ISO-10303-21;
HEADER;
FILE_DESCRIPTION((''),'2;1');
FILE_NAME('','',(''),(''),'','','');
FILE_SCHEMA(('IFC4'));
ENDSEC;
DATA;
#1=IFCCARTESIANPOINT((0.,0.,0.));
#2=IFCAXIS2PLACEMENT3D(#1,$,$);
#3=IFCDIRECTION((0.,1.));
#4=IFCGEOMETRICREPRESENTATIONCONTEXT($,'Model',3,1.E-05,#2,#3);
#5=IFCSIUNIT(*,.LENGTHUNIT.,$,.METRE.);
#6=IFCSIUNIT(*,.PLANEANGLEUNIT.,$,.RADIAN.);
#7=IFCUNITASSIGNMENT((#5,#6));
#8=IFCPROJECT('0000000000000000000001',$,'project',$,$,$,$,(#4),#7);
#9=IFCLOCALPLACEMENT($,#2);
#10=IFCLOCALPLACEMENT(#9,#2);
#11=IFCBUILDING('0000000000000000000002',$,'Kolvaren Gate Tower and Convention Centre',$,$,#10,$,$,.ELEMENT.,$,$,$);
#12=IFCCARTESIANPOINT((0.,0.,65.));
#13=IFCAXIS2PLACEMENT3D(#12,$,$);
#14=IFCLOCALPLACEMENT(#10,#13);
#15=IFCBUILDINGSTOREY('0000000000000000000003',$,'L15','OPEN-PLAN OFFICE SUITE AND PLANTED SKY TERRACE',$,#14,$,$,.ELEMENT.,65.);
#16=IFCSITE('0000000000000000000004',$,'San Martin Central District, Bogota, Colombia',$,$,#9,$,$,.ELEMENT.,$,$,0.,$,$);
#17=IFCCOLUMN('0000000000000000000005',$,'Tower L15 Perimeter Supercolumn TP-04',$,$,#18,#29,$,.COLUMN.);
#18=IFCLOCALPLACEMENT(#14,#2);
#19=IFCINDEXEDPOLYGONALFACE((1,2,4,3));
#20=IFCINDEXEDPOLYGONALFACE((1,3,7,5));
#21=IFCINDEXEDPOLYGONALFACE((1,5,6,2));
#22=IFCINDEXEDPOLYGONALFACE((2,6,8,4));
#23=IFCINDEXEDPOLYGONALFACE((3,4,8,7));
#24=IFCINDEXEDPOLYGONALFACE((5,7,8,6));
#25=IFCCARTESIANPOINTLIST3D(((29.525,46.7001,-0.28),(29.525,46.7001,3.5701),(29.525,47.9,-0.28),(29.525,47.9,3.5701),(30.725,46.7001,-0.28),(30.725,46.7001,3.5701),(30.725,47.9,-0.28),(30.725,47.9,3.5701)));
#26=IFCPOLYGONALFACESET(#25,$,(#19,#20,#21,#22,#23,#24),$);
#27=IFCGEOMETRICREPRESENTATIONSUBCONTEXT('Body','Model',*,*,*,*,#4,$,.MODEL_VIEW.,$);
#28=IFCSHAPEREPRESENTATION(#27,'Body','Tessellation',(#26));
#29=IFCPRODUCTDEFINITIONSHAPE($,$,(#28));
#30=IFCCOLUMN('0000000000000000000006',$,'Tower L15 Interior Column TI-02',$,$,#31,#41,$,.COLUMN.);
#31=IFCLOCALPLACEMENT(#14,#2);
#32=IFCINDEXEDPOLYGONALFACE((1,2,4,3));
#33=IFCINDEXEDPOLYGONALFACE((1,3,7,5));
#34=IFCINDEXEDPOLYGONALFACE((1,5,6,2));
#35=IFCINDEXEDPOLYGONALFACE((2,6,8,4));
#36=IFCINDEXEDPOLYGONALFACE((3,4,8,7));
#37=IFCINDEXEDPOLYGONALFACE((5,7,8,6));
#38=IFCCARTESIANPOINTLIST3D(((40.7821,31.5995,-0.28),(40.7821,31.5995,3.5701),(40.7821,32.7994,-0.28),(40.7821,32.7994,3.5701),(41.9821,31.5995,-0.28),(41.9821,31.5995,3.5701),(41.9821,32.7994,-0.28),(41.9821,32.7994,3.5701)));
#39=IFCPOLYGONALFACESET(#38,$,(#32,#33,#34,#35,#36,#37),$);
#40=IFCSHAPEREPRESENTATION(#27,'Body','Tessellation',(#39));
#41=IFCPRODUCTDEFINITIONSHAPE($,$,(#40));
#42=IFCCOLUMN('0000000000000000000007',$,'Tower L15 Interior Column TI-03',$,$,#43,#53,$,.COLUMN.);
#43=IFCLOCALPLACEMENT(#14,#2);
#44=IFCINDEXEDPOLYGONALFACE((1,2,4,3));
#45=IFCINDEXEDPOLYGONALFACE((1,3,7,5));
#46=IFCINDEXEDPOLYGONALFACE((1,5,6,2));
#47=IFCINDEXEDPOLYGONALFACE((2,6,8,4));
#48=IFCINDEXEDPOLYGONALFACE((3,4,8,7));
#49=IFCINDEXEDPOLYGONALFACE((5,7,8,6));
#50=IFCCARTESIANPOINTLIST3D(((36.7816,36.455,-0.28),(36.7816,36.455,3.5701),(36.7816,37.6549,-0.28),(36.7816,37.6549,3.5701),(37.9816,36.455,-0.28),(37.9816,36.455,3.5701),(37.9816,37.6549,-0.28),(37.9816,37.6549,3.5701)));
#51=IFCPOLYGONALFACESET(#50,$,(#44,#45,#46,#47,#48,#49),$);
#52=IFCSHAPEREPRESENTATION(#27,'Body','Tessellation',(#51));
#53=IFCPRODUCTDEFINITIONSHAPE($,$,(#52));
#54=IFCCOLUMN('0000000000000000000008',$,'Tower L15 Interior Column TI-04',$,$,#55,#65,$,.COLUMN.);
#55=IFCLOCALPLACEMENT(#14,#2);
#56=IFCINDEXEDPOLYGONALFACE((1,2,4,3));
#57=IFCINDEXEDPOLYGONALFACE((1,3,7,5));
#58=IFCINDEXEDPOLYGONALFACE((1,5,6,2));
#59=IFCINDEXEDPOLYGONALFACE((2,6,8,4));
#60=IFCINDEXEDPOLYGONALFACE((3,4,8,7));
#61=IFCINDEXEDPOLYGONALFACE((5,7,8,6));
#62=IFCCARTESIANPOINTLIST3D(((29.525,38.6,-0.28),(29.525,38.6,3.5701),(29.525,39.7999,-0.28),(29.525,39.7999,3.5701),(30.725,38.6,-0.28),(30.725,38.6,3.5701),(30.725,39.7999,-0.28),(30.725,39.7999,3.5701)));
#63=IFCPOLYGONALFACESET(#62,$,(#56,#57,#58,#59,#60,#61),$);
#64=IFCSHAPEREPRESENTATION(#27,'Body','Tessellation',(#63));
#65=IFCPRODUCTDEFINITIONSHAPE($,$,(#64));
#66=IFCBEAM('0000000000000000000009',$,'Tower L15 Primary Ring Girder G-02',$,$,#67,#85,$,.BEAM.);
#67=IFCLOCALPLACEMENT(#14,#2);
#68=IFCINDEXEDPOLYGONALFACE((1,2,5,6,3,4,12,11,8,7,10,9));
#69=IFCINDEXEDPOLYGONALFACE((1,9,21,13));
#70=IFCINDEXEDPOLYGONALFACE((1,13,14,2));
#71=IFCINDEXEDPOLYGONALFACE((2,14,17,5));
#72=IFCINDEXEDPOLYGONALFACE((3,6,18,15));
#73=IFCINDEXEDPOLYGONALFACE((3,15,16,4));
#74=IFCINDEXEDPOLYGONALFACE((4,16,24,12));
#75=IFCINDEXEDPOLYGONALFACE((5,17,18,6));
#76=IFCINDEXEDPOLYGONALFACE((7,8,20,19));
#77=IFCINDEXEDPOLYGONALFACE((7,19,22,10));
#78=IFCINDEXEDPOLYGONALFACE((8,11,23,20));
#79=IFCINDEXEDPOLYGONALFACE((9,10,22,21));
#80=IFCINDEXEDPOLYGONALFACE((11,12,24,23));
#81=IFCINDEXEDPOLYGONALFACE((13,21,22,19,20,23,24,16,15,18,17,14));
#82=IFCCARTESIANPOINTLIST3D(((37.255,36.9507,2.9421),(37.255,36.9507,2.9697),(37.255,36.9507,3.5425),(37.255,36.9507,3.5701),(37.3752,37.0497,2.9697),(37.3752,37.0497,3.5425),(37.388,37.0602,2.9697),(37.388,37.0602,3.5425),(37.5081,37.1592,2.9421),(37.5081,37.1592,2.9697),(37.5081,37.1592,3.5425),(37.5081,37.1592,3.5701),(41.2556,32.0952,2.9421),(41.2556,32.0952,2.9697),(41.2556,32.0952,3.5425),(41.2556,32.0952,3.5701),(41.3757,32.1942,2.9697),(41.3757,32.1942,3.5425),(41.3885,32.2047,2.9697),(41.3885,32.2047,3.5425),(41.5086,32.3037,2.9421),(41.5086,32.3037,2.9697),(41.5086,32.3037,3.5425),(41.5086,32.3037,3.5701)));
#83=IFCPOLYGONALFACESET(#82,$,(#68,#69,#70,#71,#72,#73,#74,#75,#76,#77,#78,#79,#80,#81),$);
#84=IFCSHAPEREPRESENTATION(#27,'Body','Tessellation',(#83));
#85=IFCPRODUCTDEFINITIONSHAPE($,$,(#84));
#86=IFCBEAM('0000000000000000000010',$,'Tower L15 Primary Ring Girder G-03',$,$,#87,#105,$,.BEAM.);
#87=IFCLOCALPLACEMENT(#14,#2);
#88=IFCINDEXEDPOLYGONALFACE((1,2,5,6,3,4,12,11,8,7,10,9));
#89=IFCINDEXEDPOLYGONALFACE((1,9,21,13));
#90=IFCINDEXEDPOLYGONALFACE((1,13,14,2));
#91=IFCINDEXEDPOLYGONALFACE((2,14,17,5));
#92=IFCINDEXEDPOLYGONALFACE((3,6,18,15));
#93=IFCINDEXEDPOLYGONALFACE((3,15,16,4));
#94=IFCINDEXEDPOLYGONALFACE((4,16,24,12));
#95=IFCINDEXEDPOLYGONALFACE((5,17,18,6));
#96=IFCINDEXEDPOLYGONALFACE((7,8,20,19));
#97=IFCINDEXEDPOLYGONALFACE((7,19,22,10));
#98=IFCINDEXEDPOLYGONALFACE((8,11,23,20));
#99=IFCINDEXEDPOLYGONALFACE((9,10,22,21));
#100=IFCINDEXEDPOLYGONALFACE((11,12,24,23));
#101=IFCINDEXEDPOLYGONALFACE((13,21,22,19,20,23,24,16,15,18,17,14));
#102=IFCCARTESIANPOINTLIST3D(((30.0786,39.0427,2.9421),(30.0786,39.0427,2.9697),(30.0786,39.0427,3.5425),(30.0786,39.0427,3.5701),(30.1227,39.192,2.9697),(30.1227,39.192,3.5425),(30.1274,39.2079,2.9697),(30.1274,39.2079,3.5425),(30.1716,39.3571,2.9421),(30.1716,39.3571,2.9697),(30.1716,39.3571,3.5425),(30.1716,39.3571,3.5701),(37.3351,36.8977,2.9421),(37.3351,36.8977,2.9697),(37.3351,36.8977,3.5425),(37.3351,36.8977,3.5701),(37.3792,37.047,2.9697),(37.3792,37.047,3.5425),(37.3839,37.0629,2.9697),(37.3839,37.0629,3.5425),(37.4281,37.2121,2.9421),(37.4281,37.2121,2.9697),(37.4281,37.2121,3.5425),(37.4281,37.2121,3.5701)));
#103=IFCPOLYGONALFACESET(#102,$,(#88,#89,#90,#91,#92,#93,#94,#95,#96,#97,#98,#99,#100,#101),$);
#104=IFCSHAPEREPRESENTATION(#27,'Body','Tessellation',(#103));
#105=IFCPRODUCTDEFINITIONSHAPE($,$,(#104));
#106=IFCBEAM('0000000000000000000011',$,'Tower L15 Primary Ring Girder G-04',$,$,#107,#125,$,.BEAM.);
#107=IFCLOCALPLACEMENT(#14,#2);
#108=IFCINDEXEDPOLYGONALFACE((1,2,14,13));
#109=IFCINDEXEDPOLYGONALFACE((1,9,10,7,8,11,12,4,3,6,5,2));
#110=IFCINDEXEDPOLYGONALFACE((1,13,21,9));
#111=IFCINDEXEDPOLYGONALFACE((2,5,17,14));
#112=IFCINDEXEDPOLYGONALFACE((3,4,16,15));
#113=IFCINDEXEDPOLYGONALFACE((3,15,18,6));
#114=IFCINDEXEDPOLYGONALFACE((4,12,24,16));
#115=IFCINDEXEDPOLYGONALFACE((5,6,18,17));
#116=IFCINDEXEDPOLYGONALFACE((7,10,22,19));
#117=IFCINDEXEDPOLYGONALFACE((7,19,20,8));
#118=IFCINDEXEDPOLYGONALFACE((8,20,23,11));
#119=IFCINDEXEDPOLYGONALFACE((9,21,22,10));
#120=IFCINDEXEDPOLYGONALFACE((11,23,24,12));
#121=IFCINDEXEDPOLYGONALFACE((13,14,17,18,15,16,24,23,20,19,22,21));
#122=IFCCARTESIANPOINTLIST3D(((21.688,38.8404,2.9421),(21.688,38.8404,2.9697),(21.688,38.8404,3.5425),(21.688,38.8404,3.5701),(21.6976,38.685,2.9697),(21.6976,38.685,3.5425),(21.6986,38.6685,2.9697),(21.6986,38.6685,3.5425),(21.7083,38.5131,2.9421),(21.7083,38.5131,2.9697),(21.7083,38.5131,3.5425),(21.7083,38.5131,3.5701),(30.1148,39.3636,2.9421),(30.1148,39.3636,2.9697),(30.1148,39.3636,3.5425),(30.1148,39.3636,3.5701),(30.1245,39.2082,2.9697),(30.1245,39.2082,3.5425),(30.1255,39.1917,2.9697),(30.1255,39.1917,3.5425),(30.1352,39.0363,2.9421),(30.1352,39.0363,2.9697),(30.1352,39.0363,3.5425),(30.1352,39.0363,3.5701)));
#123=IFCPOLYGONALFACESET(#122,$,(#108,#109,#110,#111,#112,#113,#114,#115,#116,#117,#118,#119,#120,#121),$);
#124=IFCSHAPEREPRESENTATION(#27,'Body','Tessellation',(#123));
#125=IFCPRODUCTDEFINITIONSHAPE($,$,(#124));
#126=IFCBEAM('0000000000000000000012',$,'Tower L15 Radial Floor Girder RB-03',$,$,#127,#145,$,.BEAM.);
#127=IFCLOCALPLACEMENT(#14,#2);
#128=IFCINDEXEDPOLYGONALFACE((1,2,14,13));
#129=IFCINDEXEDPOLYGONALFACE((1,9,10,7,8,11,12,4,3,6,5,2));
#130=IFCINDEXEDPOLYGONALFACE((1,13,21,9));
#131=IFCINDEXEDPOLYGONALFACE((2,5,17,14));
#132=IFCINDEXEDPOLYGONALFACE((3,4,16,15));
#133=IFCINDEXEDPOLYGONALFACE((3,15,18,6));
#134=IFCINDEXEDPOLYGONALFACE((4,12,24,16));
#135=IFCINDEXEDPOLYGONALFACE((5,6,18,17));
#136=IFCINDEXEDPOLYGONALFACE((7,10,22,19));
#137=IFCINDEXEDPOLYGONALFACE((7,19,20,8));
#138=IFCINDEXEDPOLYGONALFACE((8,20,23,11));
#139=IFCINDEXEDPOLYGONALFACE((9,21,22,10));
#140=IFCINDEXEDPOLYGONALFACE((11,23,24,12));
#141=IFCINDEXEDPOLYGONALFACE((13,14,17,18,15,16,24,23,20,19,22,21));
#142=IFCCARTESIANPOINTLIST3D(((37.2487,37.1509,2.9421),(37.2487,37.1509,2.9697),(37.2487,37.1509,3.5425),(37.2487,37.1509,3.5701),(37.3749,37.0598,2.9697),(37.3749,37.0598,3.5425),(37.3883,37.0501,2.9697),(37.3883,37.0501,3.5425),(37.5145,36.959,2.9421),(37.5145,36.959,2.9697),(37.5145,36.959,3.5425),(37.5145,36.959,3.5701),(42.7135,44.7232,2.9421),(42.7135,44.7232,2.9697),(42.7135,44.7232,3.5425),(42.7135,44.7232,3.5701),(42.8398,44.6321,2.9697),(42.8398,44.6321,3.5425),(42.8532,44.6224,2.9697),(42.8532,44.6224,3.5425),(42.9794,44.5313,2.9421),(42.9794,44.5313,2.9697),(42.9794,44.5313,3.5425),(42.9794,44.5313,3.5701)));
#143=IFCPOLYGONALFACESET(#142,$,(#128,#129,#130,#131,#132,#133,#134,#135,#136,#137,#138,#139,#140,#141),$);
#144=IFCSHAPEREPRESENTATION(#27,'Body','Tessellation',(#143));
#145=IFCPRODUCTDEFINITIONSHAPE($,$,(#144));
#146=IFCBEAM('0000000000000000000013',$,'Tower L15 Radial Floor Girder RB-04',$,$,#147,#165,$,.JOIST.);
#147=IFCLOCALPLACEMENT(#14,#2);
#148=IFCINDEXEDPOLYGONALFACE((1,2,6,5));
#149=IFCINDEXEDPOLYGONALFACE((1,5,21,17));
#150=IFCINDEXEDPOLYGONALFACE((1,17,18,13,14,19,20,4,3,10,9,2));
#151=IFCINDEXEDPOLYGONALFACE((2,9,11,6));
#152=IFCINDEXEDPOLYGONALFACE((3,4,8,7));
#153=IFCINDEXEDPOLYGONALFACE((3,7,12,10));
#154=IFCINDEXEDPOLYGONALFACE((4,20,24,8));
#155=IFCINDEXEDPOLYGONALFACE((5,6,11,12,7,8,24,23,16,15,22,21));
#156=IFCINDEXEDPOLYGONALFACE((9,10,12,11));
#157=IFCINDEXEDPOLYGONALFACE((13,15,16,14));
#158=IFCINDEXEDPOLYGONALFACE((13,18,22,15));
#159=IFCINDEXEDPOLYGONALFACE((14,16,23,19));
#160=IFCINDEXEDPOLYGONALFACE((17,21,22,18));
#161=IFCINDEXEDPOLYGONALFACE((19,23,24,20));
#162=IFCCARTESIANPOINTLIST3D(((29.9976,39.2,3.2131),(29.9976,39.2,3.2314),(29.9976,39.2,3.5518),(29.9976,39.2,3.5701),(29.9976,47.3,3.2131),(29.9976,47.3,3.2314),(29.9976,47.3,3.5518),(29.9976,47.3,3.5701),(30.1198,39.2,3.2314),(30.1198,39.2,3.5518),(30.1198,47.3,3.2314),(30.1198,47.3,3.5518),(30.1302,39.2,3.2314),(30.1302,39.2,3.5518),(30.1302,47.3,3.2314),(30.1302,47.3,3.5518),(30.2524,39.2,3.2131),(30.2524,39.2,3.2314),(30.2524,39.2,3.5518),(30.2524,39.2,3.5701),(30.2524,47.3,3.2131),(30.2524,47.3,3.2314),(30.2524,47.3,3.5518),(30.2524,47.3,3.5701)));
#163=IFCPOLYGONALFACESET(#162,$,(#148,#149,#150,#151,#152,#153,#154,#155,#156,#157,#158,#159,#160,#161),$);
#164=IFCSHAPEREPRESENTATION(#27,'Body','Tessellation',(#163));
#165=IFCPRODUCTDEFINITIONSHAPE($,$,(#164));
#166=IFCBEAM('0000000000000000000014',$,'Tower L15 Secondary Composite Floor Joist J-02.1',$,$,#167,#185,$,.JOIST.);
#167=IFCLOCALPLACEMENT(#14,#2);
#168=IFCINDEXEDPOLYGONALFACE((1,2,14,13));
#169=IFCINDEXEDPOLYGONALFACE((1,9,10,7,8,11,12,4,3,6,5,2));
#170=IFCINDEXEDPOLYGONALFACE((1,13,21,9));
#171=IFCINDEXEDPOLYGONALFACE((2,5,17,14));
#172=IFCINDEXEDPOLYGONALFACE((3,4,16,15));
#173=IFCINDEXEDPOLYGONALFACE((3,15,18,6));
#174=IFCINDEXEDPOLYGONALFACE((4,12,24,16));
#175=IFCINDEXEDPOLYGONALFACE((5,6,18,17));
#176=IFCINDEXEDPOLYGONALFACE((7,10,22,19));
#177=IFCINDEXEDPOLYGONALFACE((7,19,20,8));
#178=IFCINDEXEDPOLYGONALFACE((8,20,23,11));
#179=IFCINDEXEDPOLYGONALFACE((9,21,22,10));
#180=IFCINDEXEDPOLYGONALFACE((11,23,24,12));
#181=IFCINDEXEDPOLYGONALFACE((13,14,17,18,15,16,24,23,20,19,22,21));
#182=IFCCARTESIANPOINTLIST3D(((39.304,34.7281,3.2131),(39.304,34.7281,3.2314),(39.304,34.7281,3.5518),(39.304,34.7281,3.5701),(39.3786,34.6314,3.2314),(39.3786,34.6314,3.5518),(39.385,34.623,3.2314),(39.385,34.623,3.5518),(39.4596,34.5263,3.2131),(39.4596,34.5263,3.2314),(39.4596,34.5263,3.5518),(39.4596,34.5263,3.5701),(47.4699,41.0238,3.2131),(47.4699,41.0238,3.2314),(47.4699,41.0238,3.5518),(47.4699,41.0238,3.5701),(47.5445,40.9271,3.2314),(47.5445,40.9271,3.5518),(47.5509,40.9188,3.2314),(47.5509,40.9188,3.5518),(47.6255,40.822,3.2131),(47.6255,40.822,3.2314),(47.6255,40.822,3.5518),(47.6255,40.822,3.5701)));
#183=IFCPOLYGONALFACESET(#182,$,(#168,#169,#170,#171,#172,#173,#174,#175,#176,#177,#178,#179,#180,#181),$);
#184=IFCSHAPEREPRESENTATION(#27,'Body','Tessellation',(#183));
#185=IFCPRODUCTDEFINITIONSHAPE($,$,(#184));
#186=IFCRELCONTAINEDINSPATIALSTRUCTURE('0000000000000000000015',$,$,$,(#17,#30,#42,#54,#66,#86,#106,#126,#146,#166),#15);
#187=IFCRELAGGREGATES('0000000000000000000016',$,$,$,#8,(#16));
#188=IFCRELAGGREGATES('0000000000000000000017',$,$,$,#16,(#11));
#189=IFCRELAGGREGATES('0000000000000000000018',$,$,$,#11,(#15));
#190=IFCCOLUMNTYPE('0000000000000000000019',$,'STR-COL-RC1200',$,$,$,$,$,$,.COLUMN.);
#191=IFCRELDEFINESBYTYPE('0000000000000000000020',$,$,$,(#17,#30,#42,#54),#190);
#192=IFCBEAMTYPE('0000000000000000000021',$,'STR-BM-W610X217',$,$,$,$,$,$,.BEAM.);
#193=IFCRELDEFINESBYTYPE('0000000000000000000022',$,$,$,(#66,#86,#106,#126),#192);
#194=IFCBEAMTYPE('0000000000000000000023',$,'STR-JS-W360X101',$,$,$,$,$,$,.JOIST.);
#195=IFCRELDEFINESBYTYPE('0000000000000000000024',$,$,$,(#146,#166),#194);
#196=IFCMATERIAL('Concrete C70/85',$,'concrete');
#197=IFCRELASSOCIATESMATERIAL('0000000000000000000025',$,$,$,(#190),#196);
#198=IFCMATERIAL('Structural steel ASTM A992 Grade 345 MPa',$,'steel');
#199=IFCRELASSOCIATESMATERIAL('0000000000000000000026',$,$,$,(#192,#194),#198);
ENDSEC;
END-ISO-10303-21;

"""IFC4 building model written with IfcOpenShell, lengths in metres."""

from ifc_helpers import new_model, si_unit, direction, frame, origin, origin_2d, place, context, subcontext, project, spatial, rectangle, i_section, extrude, material, material_profile, profile_set, type_object, element, save


model = new_model("IFC4")

# Units and contexts
model_context = context("Model", 3, precision=1e-05, world=origin(), true_north=direction((0.0, 1.0)))
body_context = subcontext(model_context, "Body", "Model", "MODEL_VIEW")
ifc_project = project(units=[si_unit("LENGTHUNIT", "METRE"), si_unit("PLANEANGLEUNIT", "RADIAN")], contexts=[model_context])

# Site, building, storey
site_placement = place(None, origin())
site = spatial("IfcSite", under=ifc_project, at=site_placement, Name="San Martin Central District, Bogota, Colombia", CompositionType="ELEMENT", RefElevation=0.0)
building_placement = place(site_placement, origin())
building = spatial("IfcBuilding", under=site, at=building_placement, Name="Kolvaren Gate Tower and Convention Centre", CompositionType="ELEMENT")
storey_placement = place(building_placement, frame((0.0, 0.0, 65.0)))
storey = spatial("IfcBuildingStorey", under=building, at=storey_placement, Name="L15", Description="OPEN-PLAN OFFICE SUITE AND PLANTED SKY TERRACE", CompositionType="ELEMENT", Elevation=65.0)

# Columns
ifc_material_1 = material(Name="Concrete C70/85", Category="concrete")
ifc_material_profile_1 = material_profile(ifc_material_1, rectangle(XDim=1.2, YDim=1.2, at=origin_2d()), Name="RC-COL-1200X1200")
ifc_profile_set_1 = profile_set([ifc_material_profile_1], Name="Concrete C70/85")
column_type = type_object("IfcColumnType", Name="STR-COL-RC1200", PredefinedType="COLUMN", material=ifc_profile_set_1)
for number, where, z_axis, x_axis, name in (
    (1, (30.125, 47.3, -0.28), (0.0, 0.0, 1.0), (1.0, 0.0, 0.0), "Tower L15 Perimeter Supercolumn TP-04"),
    (2, (41.3821, 32.1995, -0.28), (0.0, 0.0, 1.0), (1.0, 0.0, 0.0), "Tower L15 Interior Column TI-02"),
    (3, (37.3816, 37.0549, -0.28), (0.0, 0.0, 1.0), (1.0, 0.0, 0.0), "Tower L15 Interior Column TI-03"),
    (4, (30.125, 39.2, -0.28), (0.0, 0.0, 1.0), (1.0, 0.0, 0.0), "Tower L15 Interior Column TI-04"),
):
    element("IfcColumn", number, at=place(storey_placement, frame(where, z_axis=z_axis, x_axis=x_axis)), inside=storey, type_object=column_type, Name=name, PredefinedType="COLUMN", context=body_context, shape_type="SweptSolid", body=[
        extrude(rectangle(XDim=1.2, YDim=1.2, at=origin_2d()), origin(), (0.0, 0.0, 1.0), 3.8501),
    ])

# Beams
ifc_material_2 = material(Name="Structural steel ASTM A992 Grade 345 MPa", Category="steel")
ifc_material_profile_2 = material_profile(ifc_material_2, i_section(OverallWidth=0.3279, OverallDepth=0.6279, WebThickness=0.0166, FlangeThickness=0.0276, at=origin_2d()), Name="W610X217")
ifc_profile_set_2 = profile_set([ifc_material_profile_2], Name="Structural steel ASTM A992 Grade 345 MPa")
beam_type_1 = type_object("IfcBeamType", Name="STR-BM-W610X217", PredefinedType="BEAM", material=ifc_profile_set_2)
beam_1_placement = place(storey_placement, frame((41.3821, 32.1995, 3.2561), z_axis=(-0.635884, 0.771785, 0.0), x_axis=(-0.771785, -0.635884, 0.0)))
element("IfcBeam", 5, at=beam_1_placement, inside=storey, type_object=beam_type_1, Name="Tower L15 Primary Ring Girder G-02", PredefinedType="BEAM", context=body_context, shape_type="SweptSolid", body=[
    extrude(i_section(OverallWidth=0.3279, OverallDepth=0.6279, WebThickness=0.0166, FlangeThickness=0.0276, at=origin_2d()), origin(), (0.0, 0.0, 1.0), 6.2913),
])
beam_2_placement = place(storey_placement, frame((37.3816, 37.0549, 3.2561), z_axis=(-0.958981, 0.283471, 0.0), x_axis=(-0.283471, -0.958981, 0.0)))
element("IfcBeam", 6, at=beam_2_placement, inside=storey, type_object=beam_type_1, Name="Tower L15 Primary Ring Girder G-03", PredefinedType="BEAM", context=body_context, shape_type="SweptSolid", body=[
    extrude(i_section(OverallWidth=0.3279, OverallDepth=0.6279, WebThickness=0.0166, FlangeThickness=0.0276, at=origin_2d()), origin(), (0.0, 0.0, 1.0), 7.5669),
])
beam_3_placement = place(storey_placement, frame((30.125, 39.2, 3.2561), z_axis=(-0.998078, -0.061966, 0.0), x_axis=(0.061966, -0.998078, 0.0)))
element("IfcBeam", 7, at=beam_3_placement, inside=storey, type_object=beam_type_1, Name="Tower L15 Primary Ring Girder G-04", PredefinedType="BEAM", context=body_context, shape_type="SweptSolid", body=[
    extrude(i_section(OverallWidth=0.3279, OverallDepth=0.6279, WebThickness=0.0166, FlangeThickness=0.0276, at=origin_2d()), origin(), (0.0, 0.0, 1.0), 8.4431),
])
beam_4_placement = place(storey_placement, frame((37.3816, 37.0549, 3.2561), z_axis=(0.585208, 0.810883, 0.0), x_axis=(-0.810883, 0.585208, 0.0)))
element("IfcBeam", 8, at=beam_4_placement, inside=storey, type_object=beam_type_1, Name="Tower L15 Radial Floor Girder RB-03", PredefinedType="BEAM", context=body_context, shape_type="SweptSolid", body=[
    extrude(i_section(OverallWidth=0.3279, OverallDepth=0.6279, WebThickness=0.0166, FlangeThickness=0.0276, at=origin_2d()), origin(), (0.0, 0.0, 1.0), 9.3384),
])
ifc_material_profile_3 = material_profile(ifc_material_2, i_section(OverallWidth=0.2549, OverallDepth=0.3569, WebThickness=0.0105, FlangeThickness=0.0183, at=origin_2d()), Name="W360X101")
ifc_profile_set_3 = profile_set([ifc_material_profile_3], Name="Structural steel ASTM A992 Grade 345 MPa")
beam_type_2 = type_object("IfcBeamType", Name="STR-JS-W360X101", PredefinedType="JOIST", material=ifc_profile_set_3)
beam_5_placement = place(storey_placement, frame((30.125, 39.2, 3.3916), z_axis=(0.0, 1.0, 0.0), x_axis=(-1.0, 0.0, 0.0)))
element("IfcBeam", 9, at=beam_5_placement, inside=storey, type_object=beam_type_2, Name="Tower L15 Radial Floor Girder RB-04", PredefinedType="JOIST", context=body_context, shape_type="SweptSolid", body=[
    extrude(i_section(OverallWidth=0.2549, OverallDepth=0.3569, WebThickness=0.0105, FlangeThickness=0.0183, at=origin_2d()), origin(), (0.0, 0.0, 1.0), 8.1001),
])
beam_6_placement = place(storey_placement, frame((39.3818, 34.6272, 3.3916), z_axis=(0.791954, 0.610581, 0.0), x_axis=(-0.610581, 0.791954, 0.0)))
element("IfcBeam", 10, at=beam_6_placement, inside=storey, type_object=beam_type_2, Name="Tower L15 Secondary Composite Floor Joist J-02.1", PredefinedType="JOIST", context=body_context, shape_type="SweptSolid", body=[
    extrude(i_section(OverallWidth=0.2549, OverallDepth=0.3569, WebThickness=0.0105, FlangeThickness=0.0183, at=origin_2d()), origin(), (0.0, 0.0, 1.0), 10.311),
])

save(model, "model.ifc")
